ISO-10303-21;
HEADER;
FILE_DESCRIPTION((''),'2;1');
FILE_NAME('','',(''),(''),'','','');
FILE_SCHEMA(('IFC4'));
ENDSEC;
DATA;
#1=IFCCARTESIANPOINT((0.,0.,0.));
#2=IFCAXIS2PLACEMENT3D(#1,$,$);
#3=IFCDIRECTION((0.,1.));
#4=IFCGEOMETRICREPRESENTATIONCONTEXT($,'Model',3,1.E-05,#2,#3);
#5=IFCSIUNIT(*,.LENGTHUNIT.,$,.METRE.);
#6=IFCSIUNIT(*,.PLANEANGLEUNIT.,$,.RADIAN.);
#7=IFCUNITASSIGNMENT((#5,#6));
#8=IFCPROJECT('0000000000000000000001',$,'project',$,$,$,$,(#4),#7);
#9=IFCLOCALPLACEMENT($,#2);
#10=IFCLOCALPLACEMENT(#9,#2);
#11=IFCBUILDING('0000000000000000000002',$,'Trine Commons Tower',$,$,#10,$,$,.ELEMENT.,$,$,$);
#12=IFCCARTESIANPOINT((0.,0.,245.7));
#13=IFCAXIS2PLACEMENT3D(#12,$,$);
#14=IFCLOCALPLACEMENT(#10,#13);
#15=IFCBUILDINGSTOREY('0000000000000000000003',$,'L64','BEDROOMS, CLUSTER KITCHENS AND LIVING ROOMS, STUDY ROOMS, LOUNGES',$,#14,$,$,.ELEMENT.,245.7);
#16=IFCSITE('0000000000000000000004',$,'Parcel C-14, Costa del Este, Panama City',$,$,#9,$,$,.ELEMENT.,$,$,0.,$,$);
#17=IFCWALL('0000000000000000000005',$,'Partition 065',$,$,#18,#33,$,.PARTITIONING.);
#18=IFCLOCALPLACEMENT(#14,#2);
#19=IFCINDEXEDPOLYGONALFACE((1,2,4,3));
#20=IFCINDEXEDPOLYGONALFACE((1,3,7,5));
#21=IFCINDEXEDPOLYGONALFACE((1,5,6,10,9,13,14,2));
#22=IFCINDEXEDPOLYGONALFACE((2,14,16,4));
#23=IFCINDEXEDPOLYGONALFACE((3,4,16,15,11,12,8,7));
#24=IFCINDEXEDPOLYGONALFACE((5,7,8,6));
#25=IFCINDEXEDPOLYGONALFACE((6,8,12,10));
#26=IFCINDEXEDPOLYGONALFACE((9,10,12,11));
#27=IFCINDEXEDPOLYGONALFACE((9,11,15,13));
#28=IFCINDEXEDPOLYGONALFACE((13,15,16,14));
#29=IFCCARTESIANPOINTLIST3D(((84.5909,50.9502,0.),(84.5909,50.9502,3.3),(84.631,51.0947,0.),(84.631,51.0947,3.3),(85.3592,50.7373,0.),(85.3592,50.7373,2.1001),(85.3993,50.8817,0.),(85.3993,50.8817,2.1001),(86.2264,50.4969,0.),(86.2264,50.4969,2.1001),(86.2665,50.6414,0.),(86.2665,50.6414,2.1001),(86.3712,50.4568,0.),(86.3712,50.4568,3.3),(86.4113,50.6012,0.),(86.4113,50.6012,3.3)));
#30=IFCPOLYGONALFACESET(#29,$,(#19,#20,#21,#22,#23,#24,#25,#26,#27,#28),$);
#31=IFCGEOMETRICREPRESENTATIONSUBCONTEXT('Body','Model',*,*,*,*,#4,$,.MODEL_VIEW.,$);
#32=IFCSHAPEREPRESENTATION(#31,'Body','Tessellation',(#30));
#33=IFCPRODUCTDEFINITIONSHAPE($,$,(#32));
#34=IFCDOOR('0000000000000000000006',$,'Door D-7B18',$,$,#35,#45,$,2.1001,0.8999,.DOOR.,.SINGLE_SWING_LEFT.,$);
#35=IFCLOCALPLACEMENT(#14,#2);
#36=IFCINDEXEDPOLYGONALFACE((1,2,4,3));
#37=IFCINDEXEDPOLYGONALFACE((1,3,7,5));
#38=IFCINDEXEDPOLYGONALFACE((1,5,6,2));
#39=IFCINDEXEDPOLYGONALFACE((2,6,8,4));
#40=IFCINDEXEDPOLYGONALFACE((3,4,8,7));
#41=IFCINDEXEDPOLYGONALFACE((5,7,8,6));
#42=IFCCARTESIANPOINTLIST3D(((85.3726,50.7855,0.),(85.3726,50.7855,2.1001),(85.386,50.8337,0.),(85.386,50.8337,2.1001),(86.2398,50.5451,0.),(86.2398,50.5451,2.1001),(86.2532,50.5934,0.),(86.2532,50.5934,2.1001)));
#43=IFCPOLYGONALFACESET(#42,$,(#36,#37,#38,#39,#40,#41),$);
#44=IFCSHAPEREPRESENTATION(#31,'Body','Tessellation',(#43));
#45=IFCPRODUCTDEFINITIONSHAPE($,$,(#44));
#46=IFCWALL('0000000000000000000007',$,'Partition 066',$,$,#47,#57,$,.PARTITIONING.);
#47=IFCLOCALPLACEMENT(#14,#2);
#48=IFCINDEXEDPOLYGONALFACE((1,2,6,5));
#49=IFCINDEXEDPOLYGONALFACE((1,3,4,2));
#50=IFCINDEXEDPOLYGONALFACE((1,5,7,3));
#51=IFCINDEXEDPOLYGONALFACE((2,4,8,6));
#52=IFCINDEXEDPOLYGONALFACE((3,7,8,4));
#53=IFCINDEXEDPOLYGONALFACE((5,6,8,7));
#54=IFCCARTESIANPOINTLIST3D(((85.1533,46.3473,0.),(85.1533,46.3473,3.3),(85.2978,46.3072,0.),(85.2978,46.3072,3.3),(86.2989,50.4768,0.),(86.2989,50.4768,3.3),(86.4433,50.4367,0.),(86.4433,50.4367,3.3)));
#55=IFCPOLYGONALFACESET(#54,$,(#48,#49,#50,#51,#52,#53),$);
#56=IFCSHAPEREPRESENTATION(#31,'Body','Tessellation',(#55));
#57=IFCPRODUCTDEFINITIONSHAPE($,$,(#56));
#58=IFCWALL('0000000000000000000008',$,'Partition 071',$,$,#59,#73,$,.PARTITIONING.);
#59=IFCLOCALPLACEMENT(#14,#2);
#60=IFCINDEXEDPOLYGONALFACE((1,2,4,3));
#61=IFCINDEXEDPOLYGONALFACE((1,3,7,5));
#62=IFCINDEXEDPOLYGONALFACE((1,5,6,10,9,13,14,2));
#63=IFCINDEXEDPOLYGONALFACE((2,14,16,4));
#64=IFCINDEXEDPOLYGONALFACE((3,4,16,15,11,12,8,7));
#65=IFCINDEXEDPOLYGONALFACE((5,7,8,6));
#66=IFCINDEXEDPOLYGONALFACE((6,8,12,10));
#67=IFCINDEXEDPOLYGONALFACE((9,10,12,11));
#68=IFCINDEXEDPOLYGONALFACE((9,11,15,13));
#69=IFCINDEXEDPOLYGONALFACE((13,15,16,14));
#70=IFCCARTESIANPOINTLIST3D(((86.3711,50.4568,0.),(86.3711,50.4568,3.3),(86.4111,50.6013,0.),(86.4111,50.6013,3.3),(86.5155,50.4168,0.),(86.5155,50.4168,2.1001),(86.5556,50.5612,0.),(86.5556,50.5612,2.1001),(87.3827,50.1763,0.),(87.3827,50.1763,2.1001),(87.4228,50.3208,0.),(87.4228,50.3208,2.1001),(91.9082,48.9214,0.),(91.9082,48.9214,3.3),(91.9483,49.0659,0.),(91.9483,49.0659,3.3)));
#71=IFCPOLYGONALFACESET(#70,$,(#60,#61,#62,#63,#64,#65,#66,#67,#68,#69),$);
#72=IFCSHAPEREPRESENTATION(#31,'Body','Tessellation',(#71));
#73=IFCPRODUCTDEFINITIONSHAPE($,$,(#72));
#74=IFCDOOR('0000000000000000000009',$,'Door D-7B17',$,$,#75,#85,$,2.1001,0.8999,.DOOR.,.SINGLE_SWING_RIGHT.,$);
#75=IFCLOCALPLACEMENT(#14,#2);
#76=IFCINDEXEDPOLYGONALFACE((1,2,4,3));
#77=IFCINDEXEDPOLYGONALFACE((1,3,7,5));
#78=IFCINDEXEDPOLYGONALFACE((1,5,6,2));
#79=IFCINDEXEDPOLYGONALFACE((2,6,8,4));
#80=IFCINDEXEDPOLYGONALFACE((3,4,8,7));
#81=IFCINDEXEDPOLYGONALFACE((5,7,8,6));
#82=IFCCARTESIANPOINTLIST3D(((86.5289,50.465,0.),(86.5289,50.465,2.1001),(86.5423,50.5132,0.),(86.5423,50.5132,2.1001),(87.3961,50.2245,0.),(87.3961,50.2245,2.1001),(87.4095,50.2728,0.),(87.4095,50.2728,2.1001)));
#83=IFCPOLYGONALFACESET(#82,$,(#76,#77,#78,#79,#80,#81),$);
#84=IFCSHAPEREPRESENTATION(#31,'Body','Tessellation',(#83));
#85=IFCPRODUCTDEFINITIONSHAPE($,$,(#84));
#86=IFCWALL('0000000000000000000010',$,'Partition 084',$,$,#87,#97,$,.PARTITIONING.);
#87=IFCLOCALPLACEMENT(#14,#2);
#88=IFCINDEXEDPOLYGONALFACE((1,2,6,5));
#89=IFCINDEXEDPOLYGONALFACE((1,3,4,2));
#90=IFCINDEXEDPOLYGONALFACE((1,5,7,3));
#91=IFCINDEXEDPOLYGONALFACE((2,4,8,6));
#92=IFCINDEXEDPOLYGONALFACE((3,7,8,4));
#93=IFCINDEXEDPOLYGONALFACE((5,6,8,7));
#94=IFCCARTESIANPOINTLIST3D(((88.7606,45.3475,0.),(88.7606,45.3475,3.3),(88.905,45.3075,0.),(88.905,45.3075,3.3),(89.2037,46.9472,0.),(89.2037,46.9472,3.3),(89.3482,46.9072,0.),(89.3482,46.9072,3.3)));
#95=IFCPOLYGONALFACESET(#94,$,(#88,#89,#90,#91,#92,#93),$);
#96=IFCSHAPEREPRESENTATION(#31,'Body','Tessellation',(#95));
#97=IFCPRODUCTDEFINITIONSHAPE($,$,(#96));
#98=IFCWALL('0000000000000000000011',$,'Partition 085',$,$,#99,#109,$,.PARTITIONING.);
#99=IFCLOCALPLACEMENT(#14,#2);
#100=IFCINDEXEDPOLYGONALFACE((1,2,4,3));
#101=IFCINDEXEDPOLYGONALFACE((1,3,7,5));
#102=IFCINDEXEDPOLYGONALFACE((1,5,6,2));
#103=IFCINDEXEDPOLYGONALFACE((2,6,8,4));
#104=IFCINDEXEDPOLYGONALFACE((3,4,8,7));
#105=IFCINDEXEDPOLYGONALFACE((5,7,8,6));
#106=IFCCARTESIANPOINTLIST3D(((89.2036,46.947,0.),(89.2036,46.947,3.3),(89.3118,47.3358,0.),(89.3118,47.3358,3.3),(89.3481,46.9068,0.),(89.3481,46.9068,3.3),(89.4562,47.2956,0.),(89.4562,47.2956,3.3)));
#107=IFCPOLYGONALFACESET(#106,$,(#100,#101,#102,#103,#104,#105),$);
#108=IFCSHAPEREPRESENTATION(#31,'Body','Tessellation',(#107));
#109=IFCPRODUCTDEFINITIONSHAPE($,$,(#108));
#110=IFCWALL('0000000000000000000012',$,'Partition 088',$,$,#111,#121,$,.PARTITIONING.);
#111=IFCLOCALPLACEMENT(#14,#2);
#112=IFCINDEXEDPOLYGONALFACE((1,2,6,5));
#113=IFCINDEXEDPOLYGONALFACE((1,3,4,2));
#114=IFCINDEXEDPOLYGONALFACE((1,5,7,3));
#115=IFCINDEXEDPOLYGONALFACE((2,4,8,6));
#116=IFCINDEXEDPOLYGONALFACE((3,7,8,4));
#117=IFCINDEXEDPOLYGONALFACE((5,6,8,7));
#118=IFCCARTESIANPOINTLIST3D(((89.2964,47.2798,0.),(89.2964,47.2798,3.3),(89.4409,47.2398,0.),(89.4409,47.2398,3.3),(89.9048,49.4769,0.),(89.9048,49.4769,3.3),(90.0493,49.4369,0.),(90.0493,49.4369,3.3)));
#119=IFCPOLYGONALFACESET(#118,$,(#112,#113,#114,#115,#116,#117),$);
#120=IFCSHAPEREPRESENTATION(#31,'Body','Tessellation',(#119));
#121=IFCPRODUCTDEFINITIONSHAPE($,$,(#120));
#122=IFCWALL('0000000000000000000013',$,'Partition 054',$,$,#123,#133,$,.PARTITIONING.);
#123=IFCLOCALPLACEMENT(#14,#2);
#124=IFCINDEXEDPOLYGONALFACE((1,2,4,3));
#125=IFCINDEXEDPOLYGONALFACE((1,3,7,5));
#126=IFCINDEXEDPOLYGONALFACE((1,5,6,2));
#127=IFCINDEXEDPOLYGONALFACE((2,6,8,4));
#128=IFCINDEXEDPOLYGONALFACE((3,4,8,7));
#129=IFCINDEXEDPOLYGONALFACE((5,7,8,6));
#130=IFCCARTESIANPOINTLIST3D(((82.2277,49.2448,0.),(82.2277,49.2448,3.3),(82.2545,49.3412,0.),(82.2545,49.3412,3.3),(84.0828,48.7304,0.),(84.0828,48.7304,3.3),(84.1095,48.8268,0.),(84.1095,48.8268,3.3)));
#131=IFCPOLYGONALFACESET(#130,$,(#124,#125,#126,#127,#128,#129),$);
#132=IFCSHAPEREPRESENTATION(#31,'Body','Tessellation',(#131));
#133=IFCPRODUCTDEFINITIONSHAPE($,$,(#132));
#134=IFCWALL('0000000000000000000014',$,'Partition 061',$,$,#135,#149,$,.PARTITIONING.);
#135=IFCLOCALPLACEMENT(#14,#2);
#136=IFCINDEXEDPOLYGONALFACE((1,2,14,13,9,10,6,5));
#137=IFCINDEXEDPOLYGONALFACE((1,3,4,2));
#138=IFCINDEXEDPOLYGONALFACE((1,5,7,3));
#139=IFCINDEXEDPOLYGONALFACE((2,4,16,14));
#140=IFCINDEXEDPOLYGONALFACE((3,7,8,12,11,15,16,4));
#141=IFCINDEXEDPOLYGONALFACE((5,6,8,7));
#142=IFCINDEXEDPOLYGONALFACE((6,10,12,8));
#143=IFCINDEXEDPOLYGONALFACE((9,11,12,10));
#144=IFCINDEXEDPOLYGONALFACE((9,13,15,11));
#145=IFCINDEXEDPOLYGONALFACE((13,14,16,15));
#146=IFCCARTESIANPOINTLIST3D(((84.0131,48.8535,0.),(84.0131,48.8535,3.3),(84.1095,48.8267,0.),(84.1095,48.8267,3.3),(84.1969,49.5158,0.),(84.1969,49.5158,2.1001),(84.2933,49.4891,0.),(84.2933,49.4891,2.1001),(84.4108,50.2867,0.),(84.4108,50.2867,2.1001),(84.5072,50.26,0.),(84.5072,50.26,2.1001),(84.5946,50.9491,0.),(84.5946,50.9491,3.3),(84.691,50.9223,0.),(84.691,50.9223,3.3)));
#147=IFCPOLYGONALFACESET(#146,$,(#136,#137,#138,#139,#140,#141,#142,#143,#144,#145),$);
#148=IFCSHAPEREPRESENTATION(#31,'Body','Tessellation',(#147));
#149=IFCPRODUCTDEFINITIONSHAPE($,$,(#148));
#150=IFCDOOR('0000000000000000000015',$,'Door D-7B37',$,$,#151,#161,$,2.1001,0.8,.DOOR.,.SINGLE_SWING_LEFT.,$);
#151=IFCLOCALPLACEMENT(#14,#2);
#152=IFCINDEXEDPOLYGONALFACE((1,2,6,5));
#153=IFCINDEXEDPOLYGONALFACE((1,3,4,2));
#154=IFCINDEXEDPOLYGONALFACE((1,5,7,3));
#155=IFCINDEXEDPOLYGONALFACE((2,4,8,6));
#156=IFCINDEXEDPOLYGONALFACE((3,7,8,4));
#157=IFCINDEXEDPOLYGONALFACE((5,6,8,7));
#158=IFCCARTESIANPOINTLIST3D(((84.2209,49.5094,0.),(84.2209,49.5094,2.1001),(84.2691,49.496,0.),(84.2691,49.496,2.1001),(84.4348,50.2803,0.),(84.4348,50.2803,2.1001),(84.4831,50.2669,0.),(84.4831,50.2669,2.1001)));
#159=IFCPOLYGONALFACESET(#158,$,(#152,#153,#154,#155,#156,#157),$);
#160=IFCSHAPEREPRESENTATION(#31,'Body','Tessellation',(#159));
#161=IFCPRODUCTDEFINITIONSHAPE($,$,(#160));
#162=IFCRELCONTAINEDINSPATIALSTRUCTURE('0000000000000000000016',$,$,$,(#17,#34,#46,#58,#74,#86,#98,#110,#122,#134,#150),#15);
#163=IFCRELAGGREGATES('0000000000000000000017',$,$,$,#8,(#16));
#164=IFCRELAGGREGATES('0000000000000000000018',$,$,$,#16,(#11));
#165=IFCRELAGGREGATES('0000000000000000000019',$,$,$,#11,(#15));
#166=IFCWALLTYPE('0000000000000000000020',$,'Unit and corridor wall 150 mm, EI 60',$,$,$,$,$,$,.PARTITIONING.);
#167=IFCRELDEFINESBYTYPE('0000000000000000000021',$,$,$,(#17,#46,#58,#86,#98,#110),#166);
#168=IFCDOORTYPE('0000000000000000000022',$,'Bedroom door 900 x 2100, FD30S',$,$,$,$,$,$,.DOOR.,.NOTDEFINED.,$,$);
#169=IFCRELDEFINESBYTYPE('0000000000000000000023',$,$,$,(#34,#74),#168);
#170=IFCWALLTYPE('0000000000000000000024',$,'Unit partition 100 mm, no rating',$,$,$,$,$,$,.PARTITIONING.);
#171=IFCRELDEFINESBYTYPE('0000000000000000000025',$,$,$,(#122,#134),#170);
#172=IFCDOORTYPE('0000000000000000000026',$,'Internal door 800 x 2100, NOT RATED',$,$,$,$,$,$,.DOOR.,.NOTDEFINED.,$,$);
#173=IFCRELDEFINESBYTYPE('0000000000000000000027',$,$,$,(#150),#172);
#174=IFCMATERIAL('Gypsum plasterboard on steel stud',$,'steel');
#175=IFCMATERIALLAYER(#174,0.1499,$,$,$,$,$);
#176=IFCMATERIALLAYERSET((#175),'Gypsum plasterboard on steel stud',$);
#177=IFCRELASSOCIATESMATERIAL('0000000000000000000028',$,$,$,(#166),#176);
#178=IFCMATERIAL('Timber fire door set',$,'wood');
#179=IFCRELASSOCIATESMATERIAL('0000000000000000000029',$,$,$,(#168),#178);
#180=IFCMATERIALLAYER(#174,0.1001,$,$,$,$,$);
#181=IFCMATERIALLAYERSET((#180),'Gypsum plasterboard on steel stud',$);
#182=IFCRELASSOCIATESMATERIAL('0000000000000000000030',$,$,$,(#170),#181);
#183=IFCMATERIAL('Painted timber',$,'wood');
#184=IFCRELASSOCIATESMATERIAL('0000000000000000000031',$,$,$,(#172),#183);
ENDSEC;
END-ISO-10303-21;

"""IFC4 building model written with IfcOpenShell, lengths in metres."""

from ifc_helpers import new_model, si_unit, direction, frame, frame_2d, origin, place, context, subcontext, project, spatial, rectangle, extrude, material, layer, layer_set, type_object, element, fill, save


model = new_model("IFC4")

# Units and contexts
model_context = context("Model", 3, precision=1e-05, world=origin(), true_north=direction((0.0, 1.0)))
body_context = subcontext(model_context, "Body", "Model", "MODEL_VIEW")
ifc_project = project(units=[si_unit("LENGTHUNIT", "METRE"), si_unit("PLANEANGLEUNIT", "RADIAN")], contexts=[model_context])

# Site, building, storey
site_placement = place(None, origin())
site = spatial("IfcSite", under=ifc_project, at=site_placement, Name="Parcel C-14, Costa del Este, Panama City", CompositionType="ELEMENT", RefElevation=0.0)
building_placement = place(site_placement, origin())
building = spatial("IfcBuilding", under=site, at=building_placement, Name="Trine Commons Tower", CompositionType="ELEMENT")
storey_placement = place(building_placement, frame((0.0, 0.0, 245.7)))
storey = spatial("IfcBuildingStorey", under=building, at=storey_placement, Name="L64", Description="BEDROOMS, CLUSTER KITCHENS AND LIVING ROOMS, STUDY ROOMS, LOUNGES", CompositionType="ELEMENT", Elevation=245.7)

# Shared definitions
ifc_material_1 = material(Name="Gypsum plasterboard on steel stud", Category="steel")
ifc_layer_1 = layer(ifc_material_1, 0.1499)
ifc_layer_set_1 = layer_set([ifc_layer_1], Name="Gypsum plasterboard on steel stud")
wall_type_1 = type_object("IfcWallType", Name="Unit and corridor wall 150 mm, EI 60", PredefinedType="PARTITIONING", material=ifc_layer_set_1)
ifc_material_2 = material(Name="Painted timber", Category="wood")

# Wall, opening, door
ifc_material_3 = material(Name="Timber fire door set", Category="wood")
wall_1_placement = place(storey_placement, frame((84.6108, 51.0225, 0.0), z_axis=(0.0, 0.0, 1.0), x_axis=(0.963673, -0.267085, 0.0)))
wall_1 = element("IfcWall", 1, at=wall_1_placement, inside=storey, type_object=wall_type_1, Name="Partition 065", PredefinedType="PARTITIONING", context=body_context, shape_type="SweptSolid", body=[
    extrude(rectangle(XDim=1.8474, YDim=0.1499, at=frame_2d((0.9238, 0.0))), origin(), (0.0, 0.0, 1.0), 3.3),
])
opening_1_placement = place(wall_1_placement, frame((0.7974, 0.0, 0.0)))
opening_1 = element("IfcOpeningElement", 2, at=opening_1_placement, cuts=wall_1, PredefinedType="OPENING", context=body_context, shape_type="SweptSolid", body=[
    extrude(rectangle(XDim=0.8999, YDim=2.1001, at=frame_2d((0.45, 1.05))), frame((0.0, 0.085, 0.0), z_axis=(0.0, -1.0, 0.0), x_axis=(1.0, 0.0, 0.0)), (0.0, 0.0, 1.0), 0.1699),
])
door_type_1 = type_object("IfcDoorType", Name="Bedroom door 900 x 2100, FD30S", OperationType="NOTDEFINED", PredefinedType="DOOR", material=ifc_material_3)
door_1_placement = place(opening_1_placement, frame((0.8999, 0.0, 0.0), z_axis=(0.0, 0.0, 1.0), x_axis=(-1.0, 0.0, 0.0)))
door_1 = element("IfcDoor", 3, at=door_1_placement, inside=storey, type_object=door_type_1, Name="Door D-7B18", OperationType="SINGLE_SWING_LEFT", OverallHeight=2.1001, OverallWidth=0.8999, PredefinedType="DOOR", context=body_context, shape_type="SweptSolid", body=[
    extrude(rectangle(XDim=0.8999, YDim=2.1001, at=frame_2d((0.45, 1.05))), frame((0.0, 0.0249, 0.0), z_axis=(0.0, -1.0, 0.0), x_axis=(1.0, 0.0, 0.0)), (0.0, 0.0, 1.0), 0.05),
])
fill(opening_1, door_1)

# Wall
wall_2_placement = place(storey_placement, frame((85.2256, 46.3274, 0.0), z_axis=(0.0, 0.0, 1.0), x_axis=(0.267309, 0.963611, 0.0)))
element("IfcWall", 4, at=wall_2_placement, inside=storey, type_object=wall_type_1, Name="Partition 066", PredefinedType="PARTITIONING", context=body_context, shape_type="SweptSolid", body=[
    extrude(rectangle(XDim=4.2854, YDim=0.1499, at=frame_2d((2.1426, 0.0))), origin(), (0.0, 0.0, 1.0), 3.3),
])

# Wall, opening, door
wall_3_placement = place(storey_placement, frame((86.3911, 50.5291, 0.0), z_axis=(0.0, 0.0, 1.0), x_axis=(0.963638, -0.26721, 0.0)))
wall_3 = element("IfcWall", 5, at=wall_3_placement, inside=storey, type_object=wall_type_1, Name="Partition 071", PredefinedType="PARTITIONING", context=body_context, shape_type="SweptSolid", body=[
    extrude(rectangle(XDim=5.7461, YDim=0.1499, at=frame_2d((2.873, 0.0))), origin(), (0.0, 0.0, 1.0), 3.3),
])
opening_2_placement = place(wall_3_placement, frame((0.1499, 0.0, 0.0)))
opening_2 = element("IfcOpeningElement", 6, at=opening_2_placement, cuts=wall_3, PredefinedType="OPENING", context=body_context, shape_type="SweptSolid", body=[
    extrude(rectangle(XDim=0.8999, YDim=2.1001, at=frame_2d((0.45, 1.05))), frame((0.0, 0.085, 0.0), z_axis=(0.0, -1.0, 0.0), x_axis=(1.0, 0.0, 0.0)), (0.0, 0.0, 1.0), 0.1699),
])
door_2_placement = place(opening_2_placement, frame((0.8999, 0.0, 0.0), z_axis=(0.0, 0.0, 1.0), x_axis=(-1.0, 0.0, 0.0)))
door_2 = element("IfcDoor", 7, at=door_2_placement, inside=storey, type_object=door_type_1, Name="Door D-7B17", OperationType="SINGLE_SWING_RIGHT", OverallHeight=2.1001, OverallWidth=0.8999, PredefinedType="DOOR", context=body_context, shape_type="SweptSolid", body=[
    extrude(rectangle(XDim=0.8999, YDim=2.1001, at=frame_2d((0.45, 1.05))), frame((0.0, 0.0249, 0.0), z_axis=(0.0, -1.0, 0.0), x_axis=(1.0, 0.0, 0.0)), (0.0, 0.0, 1.0), 0.05),
])
fill(opening_2, door_2)

# Walls
wall_4_placement = place(storey_placement, frame((88.8328, 45.3274, 0.0), z_axis=(0.0, 0.0, 1.0), x_axis=(0.266961, 0.963707, 0.0)))
element("IfcWall", 8, at=wall_4_placement, inside=storey, type_object=wall_type_1, Name="Partition 084", PredefinedType="PARTITIONING", context=body_context, shape_type="SweptSolid", body=[
    extrude(rectangle(XDim=1.6599, YDim=0.1499, at=frame_2d((0.8301, 0.0))), origin(), (0.0, 0.0, 1.0), 3.3),
])
wall_5_placement = place(storey_placement, frame((89.2759, 46.927, 0.0), z_axis=(0.0, 0.0, 1.0), x_axis=(0.267925, 0.96344, 0.0)))
element("IfcWall", 9, at=wall_5_placement, inside=storey, type_object=wall_type_1, Name="Partition 085", PredefinedType="PARTITIONING", context=body_context, shape_type="SweptSolid", body=[
    extrude(rectangle(XDim=0.4036, YDim=0.1499, at=frame_2d((0.2017, 0.0))), origin(), (0.0, 0.0, 1.0), 3.3),
])
wall_6_placement = place(storey_placement, frame((89.3687, 47.2598, 0.0), z_axis=(0.0, 0.0, 1.0), x_axis=(0.266876, 0.963731, 0.0)))
element("IfcWall", 10, at=wall_6_placement, inside=storey, type_object=wall_type_1, Name="Partition 088", PredefinedType="PARTITIONING", context=body_context, shape_type="SweptSolid", body=[
    extrude(rectangle(XDim=2.2798, YDim=0.1499, at=frame_2d((1.1399, 0.0))), origin(), (0.0, 0.0, 1.0), 3.3),
])
ifc_layer_2 = layer(ifc_material_1, 0.1001)
ifc_layer_set_2 = layer_set([ifc_layer_2], Name="Gypsum plasterboard on steel stud")
wall_type_2 = type_object("IfcWallType", Name="Unit partition 100 mm, no rating", PredefinedType="PARTITIONING", material=ifc_layer_set_2)
wall_7_placement = place(storey_placement, frame((82.2412, 49.293, 0.0), z_axis=(0.0, 0.0, 1.0), x_axis=(0.963634, -0.267225, 0.0)))
element("IfcWall", 11, at=wall_7_placement, inside=storey, type_object=wall_type_2, Name="Partition 054", PredefinedType="PARTITIONING", context=body_context, shape_type="SweptSolid", body=[
    extrude(rectangle(XDim=1.925, YDim=0.1001, at=frame_2d((0.9624, 0.0))), origin(), (0.0, 0.0, 1.0), 3.3),
])

# Wall, opening, door
wall_8_placement = place(storey_placement, frame((84.0613, 48.8401, 0.0), z_axis=(0.0, 0.0, 1.0), x_axis=(0.267389, 0.963589, 0.0)))
wall_8 = element("IfcWall", 12, at=wall_8_placement, inside=storey, type_object=wall_type_2, Name="Partition 061", PredefinedType="PARTITIONING", context=body_context, shape_type="SweptSolid", body=[
    extrude(rectangle(XDim=2.1748, YDim=0.1001, at=frame_2d((1.0874, 0.0))), origin(), (0.0, 0.0, 1.0), 3.3),
])
opening_3_placement = place(wall_8_placement, frame((0.6875, 0.0, 0.0)))
opening_3 = element("IfcOpeningElement", 13, at=opening_3_placement, cuts=wall_8, PredefinedType="OPENING", context=body_context, shape_type="SweptSolid", body=[
    extrude(rectangle(XDim=0.8, YDim=2.1001, at=frame_2d((0.3999, 1.05))), frame((0.0, 0.0601, 0.0), z_axis=(0.0, -1.0, 0.0), x_axis=(1.0, 0.0, 0.0)), (0.0, 0.0, 1.0), 0.1201),
])
door_type_2 = type_object("IfcDoorType", Name="Internal door 800 x 2100, NOT RATED", OperationType="NOTDEFINED", PredefinedType="DOOR", material=ifc_material_2)
door_3_placement = place(opening_3_placement, frame((0.8, 0.0, 0.0), z_axis=(0.0, 0.0, 1.0), x_axis=(-1.0, 0.0, 0.0)))
door_3 = element("IfcDoor", 14, at=door_3_placement, inside=storey, type_object=door_type_2, Name="Door D-7B37", OperationType="SINGLE_SWING_LEFT", OverallHeight=2.1001, OverallWidth=0.8, PredefinedType="DOOR", context=body_context, shape_type="SweptSolid", body=[
    extrude(rectangle(XDim=0.8, YDim=2.1001, at=frame_2d((0.3999, 1.05))), frame((0.0, 0.0249, 0.0), z_axis=(0.0, -1.0, 0.0), x_axis=(1.0, 0.0, 0.0)), (0.0, 0.0, 1.0), 0.05),
])
fill(opening_3, door_3)

save(model, "model.ifc")
